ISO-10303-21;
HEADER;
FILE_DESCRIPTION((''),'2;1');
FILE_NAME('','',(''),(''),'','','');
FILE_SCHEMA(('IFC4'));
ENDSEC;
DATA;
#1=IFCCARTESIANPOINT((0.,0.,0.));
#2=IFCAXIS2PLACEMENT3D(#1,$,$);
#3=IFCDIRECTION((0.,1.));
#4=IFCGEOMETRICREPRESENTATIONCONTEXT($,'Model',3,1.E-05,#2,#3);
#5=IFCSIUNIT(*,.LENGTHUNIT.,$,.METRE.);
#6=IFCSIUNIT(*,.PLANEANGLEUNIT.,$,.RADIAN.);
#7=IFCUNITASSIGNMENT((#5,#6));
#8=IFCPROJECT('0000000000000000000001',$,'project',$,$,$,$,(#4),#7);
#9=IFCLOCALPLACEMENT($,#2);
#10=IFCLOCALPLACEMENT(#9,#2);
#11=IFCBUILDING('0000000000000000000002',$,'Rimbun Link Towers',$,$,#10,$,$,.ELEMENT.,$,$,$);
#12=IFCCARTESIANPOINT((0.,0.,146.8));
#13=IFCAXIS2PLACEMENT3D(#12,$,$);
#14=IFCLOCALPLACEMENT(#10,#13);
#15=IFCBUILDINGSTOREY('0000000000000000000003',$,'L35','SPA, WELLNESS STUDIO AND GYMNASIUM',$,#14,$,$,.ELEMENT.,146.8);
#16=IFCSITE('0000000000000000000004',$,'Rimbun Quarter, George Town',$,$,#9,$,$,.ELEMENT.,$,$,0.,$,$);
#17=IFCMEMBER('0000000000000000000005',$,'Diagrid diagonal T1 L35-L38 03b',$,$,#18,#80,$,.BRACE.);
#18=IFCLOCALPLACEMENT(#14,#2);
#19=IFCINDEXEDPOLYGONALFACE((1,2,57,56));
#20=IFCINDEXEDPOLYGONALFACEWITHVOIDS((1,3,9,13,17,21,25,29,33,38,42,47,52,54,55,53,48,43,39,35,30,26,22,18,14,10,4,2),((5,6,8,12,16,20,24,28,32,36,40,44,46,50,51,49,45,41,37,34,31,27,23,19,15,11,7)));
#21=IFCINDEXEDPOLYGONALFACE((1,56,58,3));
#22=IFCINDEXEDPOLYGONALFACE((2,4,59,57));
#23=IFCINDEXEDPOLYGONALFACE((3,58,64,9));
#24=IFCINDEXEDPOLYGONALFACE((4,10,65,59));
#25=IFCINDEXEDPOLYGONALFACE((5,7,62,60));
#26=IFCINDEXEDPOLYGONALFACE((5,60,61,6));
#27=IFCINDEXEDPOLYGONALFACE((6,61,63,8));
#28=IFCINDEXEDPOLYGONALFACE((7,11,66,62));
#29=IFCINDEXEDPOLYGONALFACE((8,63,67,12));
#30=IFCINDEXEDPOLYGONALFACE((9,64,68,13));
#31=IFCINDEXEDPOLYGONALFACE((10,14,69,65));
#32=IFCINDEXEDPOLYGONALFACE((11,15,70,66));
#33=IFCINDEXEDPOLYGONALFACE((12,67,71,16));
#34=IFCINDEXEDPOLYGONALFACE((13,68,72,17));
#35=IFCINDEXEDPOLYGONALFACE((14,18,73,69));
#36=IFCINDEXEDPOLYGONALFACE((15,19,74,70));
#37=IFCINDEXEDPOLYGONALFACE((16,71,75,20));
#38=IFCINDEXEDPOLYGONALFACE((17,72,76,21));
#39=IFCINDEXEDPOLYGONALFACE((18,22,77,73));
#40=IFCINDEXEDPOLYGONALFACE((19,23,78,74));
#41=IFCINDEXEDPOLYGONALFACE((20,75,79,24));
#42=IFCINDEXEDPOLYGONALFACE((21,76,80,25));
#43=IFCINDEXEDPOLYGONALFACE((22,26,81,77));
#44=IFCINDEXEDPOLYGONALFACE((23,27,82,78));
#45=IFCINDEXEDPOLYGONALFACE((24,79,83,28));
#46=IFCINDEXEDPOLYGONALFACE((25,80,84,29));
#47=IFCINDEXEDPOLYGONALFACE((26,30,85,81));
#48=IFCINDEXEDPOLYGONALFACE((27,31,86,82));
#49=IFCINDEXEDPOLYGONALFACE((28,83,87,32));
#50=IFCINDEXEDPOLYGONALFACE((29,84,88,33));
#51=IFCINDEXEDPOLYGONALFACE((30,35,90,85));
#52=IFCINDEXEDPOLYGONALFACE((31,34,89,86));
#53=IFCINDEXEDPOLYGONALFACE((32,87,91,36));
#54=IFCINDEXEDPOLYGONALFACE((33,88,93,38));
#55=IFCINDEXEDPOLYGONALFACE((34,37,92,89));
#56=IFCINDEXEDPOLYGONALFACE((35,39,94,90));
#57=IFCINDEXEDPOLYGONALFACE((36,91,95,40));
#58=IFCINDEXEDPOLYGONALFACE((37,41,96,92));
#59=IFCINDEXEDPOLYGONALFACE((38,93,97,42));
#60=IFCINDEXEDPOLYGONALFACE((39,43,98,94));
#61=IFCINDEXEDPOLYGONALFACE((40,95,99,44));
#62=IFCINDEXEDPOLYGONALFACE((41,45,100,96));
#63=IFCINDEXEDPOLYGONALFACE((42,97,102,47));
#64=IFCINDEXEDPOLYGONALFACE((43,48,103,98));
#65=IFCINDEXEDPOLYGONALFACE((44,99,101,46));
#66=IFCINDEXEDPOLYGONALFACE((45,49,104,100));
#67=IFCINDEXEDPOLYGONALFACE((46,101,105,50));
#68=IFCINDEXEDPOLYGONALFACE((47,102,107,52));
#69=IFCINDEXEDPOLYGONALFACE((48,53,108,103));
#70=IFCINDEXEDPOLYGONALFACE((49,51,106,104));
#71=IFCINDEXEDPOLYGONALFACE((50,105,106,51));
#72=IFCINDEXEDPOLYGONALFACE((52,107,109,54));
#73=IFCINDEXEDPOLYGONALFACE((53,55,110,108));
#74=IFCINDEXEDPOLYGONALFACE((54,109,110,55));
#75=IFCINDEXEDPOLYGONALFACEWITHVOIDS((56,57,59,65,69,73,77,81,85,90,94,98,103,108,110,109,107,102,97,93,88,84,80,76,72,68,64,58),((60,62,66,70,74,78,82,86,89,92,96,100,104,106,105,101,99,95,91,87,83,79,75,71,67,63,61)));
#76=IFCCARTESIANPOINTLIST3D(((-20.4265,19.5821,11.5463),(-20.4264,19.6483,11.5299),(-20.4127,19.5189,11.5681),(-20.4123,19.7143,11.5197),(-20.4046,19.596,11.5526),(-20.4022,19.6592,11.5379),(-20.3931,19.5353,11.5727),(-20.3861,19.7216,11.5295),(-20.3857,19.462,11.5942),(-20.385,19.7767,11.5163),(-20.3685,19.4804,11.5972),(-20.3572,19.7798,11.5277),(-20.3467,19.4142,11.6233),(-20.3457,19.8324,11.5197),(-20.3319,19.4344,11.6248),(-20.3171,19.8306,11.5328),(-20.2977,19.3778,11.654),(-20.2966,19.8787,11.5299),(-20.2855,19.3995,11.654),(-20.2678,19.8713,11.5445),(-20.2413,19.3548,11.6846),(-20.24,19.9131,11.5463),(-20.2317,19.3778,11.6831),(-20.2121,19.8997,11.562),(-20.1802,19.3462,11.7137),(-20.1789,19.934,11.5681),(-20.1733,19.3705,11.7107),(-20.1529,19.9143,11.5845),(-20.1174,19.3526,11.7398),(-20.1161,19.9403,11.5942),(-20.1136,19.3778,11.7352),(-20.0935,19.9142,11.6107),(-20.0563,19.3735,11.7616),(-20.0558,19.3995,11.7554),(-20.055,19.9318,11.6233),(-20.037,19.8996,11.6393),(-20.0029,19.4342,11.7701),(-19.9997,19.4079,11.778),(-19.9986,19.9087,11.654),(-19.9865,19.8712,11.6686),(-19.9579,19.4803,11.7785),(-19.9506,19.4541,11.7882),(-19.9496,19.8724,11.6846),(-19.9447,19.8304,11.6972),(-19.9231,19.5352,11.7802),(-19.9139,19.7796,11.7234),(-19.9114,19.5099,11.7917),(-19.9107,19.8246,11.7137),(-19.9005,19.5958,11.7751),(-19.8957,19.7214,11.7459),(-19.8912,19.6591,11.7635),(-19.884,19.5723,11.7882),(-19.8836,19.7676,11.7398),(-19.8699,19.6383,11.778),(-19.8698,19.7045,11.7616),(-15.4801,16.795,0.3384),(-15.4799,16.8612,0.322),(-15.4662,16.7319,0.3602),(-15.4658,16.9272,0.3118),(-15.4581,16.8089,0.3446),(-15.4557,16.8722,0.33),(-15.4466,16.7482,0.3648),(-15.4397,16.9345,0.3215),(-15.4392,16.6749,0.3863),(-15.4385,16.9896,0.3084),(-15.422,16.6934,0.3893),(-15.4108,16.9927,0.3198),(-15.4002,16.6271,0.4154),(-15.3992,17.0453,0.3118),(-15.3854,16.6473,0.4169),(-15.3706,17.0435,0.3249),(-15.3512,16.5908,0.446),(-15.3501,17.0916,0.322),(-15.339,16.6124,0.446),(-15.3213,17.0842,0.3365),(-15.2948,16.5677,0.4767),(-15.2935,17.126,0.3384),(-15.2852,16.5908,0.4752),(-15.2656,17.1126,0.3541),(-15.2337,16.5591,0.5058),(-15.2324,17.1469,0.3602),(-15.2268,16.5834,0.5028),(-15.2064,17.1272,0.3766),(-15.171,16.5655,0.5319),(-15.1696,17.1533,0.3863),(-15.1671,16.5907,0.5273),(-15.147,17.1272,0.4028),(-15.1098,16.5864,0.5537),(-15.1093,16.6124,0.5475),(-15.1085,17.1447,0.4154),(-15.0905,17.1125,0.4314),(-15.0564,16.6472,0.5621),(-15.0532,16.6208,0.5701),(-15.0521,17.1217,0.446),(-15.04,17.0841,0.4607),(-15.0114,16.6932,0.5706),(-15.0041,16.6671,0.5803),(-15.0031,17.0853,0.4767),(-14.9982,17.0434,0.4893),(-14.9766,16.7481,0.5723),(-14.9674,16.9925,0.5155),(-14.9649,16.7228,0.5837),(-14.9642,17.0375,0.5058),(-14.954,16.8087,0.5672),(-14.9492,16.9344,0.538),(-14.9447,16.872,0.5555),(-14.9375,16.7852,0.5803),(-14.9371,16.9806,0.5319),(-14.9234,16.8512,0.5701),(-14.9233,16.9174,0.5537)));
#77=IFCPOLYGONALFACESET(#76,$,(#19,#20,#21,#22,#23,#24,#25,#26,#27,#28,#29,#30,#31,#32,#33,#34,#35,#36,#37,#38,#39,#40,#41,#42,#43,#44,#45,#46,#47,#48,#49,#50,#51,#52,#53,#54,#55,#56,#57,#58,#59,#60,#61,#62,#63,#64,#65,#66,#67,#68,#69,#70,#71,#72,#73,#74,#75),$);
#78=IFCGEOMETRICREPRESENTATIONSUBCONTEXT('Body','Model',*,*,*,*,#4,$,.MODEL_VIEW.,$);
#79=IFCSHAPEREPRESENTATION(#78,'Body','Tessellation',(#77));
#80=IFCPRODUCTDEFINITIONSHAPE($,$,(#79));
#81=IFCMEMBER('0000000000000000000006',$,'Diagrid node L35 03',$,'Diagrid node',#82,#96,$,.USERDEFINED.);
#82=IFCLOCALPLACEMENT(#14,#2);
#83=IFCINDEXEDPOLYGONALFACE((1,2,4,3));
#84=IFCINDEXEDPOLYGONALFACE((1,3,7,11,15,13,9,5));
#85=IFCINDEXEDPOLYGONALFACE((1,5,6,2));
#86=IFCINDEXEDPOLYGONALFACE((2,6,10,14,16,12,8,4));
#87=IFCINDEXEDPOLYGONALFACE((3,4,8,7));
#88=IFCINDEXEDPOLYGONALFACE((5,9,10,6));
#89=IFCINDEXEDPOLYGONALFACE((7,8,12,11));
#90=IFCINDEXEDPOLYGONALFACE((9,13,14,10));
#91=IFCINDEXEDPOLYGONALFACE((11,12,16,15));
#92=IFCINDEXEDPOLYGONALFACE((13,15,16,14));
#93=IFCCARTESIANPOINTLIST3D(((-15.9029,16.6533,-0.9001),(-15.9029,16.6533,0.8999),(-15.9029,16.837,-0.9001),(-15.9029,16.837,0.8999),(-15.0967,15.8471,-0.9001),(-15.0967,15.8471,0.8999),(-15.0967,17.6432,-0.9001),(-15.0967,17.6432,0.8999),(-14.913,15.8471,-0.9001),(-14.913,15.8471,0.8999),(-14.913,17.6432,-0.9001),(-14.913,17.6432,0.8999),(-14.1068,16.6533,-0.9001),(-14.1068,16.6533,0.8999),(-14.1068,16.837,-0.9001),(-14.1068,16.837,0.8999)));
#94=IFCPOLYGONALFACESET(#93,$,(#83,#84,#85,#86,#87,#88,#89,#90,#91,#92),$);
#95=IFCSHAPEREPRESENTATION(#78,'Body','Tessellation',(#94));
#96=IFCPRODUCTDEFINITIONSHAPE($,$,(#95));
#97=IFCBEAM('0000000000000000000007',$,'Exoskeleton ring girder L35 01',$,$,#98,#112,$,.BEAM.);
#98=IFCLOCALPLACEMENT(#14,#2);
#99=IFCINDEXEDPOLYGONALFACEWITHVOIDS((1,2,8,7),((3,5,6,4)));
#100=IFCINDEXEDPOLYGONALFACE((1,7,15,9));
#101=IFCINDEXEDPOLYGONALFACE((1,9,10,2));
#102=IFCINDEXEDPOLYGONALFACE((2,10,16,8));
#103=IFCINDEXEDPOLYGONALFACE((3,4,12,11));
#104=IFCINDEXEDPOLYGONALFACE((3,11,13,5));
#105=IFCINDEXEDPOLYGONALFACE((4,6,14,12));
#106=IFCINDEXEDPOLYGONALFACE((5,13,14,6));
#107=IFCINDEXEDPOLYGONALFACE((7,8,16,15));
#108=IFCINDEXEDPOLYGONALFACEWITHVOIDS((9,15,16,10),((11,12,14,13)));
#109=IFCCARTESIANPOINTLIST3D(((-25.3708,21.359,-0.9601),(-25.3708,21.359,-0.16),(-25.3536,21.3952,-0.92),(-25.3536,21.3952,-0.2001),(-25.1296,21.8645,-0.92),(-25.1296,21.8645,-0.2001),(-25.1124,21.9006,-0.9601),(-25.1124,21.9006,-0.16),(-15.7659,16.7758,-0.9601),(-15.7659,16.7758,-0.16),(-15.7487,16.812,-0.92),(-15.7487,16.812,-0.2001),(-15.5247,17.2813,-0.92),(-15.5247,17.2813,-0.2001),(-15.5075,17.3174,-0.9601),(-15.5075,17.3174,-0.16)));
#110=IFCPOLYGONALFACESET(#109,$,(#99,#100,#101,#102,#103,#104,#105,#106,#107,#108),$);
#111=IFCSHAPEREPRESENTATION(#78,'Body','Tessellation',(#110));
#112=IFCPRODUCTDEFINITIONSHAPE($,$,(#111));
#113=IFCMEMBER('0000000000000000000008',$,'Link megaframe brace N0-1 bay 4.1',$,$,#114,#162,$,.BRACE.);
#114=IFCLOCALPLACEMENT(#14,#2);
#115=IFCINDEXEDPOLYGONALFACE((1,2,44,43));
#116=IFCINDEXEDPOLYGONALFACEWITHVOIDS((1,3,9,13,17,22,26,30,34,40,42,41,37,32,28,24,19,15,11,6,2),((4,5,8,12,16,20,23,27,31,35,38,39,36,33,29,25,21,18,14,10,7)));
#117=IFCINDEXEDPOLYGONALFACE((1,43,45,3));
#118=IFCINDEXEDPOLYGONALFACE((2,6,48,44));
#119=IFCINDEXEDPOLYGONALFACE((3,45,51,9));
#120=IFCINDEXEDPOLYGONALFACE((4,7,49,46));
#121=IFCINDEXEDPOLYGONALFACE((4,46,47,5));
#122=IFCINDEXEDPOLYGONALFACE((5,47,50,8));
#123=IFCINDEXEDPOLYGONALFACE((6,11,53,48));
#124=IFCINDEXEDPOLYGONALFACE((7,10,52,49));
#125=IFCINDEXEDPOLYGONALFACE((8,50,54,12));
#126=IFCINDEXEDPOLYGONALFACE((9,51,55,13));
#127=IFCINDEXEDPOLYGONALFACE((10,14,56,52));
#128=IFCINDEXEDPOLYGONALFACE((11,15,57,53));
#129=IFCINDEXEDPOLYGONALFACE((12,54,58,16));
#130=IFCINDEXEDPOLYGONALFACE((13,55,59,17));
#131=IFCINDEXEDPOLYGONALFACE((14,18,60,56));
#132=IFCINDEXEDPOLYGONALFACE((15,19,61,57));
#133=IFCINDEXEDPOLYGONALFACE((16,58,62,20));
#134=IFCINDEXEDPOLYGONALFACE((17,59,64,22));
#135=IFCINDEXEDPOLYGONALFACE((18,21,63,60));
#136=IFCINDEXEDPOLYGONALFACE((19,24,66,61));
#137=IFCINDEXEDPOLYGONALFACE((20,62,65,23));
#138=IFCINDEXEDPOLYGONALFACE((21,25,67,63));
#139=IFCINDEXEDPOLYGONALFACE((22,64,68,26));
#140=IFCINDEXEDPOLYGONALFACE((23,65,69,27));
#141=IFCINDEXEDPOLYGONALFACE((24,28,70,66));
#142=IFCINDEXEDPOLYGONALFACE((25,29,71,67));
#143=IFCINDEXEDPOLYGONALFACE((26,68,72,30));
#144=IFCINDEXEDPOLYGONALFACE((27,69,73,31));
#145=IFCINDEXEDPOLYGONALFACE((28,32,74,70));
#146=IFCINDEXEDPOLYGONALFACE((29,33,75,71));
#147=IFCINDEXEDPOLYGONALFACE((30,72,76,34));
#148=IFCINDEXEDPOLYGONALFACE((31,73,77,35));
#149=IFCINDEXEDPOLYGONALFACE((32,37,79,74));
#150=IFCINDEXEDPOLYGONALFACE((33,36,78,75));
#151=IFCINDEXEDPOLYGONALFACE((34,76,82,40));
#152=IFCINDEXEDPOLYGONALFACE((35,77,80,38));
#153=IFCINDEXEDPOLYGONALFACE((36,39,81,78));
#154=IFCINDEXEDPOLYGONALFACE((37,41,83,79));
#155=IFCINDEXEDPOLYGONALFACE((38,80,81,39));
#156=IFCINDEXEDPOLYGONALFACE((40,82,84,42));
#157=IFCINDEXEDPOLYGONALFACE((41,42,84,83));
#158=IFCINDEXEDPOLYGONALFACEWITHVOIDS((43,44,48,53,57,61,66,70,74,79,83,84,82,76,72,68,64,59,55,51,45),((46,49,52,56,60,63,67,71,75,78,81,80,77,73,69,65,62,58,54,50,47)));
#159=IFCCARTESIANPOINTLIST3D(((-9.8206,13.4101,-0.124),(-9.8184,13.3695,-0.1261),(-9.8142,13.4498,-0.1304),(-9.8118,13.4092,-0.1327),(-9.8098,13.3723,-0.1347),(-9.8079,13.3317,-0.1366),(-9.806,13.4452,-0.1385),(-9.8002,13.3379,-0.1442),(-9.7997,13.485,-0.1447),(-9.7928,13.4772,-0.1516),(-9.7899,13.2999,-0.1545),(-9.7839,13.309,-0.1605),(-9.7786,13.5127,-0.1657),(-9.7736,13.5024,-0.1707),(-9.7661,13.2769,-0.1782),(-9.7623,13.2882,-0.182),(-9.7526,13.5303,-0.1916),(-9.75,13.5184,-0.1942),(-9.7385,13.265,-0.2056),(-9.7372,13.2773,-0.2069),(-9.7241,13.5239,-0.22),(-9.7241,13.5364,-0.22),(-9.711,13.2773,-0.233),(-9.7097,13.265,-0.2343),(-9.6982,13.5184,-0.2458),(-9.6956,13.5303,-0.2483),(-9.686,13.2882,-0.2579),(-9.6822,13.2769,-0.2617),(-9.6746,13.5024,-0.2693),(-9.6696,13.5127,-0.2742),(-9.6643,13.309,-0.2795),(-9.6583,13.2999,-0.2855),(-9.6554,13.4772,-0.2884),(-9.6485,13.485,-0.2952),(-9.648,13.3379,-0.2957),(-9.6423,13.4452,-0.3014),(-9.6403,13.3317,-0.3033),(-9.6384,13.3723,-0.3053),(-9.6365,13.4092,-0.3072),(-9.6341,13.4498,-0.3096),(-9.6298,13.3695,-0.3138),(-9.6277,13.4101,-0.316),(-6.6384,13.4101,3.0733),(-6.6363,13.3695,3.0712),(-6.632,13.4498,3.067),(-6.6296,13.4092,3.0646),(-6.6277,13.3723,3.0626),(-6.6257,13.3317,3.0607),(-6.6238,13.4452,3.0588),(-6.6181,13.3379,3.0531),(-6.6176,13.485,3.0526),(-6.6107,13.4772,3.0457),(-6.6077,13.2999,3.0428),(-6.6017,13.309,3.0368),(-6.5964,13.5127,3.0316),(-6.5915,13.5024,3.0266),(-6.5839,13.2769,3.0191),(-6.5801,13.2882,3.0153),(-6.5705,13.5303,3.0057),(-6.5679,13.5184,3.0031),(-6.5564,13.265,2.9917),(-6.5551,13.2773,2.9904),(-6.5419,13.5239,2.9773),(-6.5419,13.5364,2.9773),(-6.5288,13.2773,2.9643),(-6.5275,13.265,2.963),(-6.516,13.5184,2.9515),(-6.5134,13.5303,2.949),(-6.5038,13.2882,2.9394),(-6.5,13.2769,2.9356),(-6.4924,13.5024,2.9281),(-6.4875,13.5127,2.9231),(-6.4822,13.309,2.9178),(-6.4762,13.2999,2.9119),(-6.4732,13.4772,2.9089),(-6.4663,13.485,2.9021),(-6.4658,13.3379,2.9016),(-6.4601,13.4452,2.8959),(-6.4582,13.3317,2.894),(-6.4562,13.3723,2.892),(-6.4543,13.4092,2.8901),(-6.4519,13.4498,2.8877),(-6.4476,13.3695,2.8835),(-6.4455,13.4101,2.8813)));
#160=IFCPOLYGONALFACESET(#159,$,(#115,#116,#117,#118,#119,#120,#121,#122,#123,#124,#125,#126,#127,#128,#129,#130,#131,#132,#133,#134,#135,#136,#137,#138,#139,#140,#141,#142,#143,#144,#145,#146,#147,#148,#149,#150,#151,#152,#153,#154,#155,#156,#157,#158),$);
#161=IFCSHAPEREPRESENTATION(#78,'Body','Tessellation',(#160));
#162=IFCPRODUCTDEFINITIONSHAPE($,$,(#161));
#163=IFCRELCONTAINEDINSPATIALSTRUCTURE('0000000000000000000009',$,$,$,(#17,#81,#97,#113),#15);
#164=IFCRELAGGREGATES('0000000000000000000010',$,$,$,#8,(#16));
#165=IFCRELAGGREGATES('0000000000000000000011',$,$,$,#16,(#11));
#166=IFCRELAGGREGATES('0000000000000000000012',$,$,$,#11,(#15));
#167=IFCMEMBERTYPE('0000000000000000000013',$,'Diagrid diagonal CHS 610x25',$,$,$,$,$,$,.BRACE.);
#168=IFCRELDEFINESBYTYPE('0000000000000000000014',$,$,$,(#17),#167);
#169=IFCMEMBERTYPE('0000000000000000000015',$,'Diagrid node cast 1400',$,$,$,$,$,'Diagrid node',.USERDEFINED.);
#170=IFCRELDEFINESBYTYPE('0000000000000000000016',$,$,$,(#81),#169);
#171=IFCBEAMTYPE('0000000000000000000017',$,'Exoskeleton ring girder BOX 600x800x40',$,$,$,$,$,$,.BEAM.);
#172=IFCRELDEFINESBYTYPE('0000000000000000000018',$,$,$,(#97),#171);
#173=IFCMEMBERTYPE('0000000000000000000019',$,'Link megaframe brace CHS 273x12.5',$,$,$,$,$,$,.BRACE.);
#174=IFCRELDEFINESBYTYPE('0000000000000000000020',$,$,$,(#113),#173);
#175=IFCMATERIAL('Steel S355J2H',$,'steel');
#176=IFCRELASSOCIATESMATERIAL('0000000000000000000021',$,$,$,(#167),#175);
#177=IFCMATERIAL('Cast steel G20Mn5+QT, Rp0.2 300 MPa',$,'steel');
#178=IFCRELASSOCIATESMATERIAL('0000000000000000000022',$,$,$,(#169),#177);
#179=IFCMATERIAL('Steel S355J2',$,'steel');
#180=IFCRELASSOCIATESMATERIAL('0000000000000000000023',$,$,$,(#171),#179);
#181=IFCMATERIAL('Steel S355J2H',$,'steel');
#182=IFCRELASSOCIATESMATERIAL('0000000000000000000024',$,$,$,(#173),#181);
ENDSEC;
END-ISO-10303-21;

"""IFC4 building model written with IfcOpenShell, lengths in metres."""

from ifc_helpers import new_model, si_unit, direction, frame, origin, origin_2d, place, context, subcontext, project, spatial, polyline, hollow_rectangle, hollow_circle, outline, extrude, material, material_profile, profile_set, type_object, element, save


model = new_model("IFC4")

# Units and contexts
model_context = context("Model", 3, precision=1e-05, world=origin(), true_north=direction((0.0, 1.0)))
body_context = subcontext(model_context, "Body", "Model", "MODEL_VIEW")
ifc_project = project(units=[si_unit("LENGTHUNIT", "METRE"), si_unit("PLANEANGLEUNIT", "RADIAN")], contexts=[model_context])

# Site, building, storey
site_placement = place(None, origin())
site = spatial("IfcSite", under=ifc_project, at=site_placement, Name="Rimbun Quarter, George Town", CompositionType="ELEMENT", RefElevation=0.0)
building_placement = place(site_placement, origin())
building = spatial("IfcBuilding", under=site, at=building_placement, Name="Rimbun Link Towers", CompositionType="ELEMENT")
storey_placement = place(building_placement, frame((0.0, 0.0, 146.8)))
storey = spatial("IfcBuildingStorey", under=building, at=storey_placement, Name="L35", Description="SPA, WELLNESS STUDIO AND GYMNASIUM", CompositionType="ELEMENT", Elevation=146.8)

# Members
ifc_material_1 = material(Name="Steel S355J2H", Category="steel")
ifc_material_profile_1 = material_profile(ifc_material_1, hollow_circle(Radius=0.3047, WallThickness=0.0249, at=origin_2d()), Name="Diagrid diagonal CHS 610x25")
ifc_profile_set_1 = profile_set([ifc_material_profile_1], Name="Steel S355J2H")
member_type_1 = type_object("IfcMemberType", Name="Diagrid diagonal CHS 610x25", PredefinedType="BRACE", material=ifc_profile_set_1)
member_1_placement = place(storey_placement, frame((-15.2017, 16.8562, 0.446), z_axis=(-0.393705, 0.221832, 0.892069), x_axis=(-0.490888, -0.871223, 0.0)))
element("IfcMember", 1, at=member_1_placement, inside=storey, type_object=member_type_1, Name="Diagrid diagonal T1 L35-L38 03b", PredefinedType="BRACE", context=body_context, shape_type="SweptSolid", body=[
    extrude(hollow_circle(Radius=0.3047, WallThickness=0.0249, at=origin_2d()), origin(), (0.0, 0.0, 1.0), 12.564),
])
ifc_material_2 = material(Name="Cast steel G20Mn5+QT, Rp0.2 300 MPa", Category="steel")
ifc_material_profile_2 = material_profile(ifc_material_2, outline(polyline([(0.7, -0.5701), (0.7, 0.5701), (0.5701, 0.7), (-0.5701, 0.7), (-0.7, 0.5701), (-0.7, -0.5701), (-0.5701, -0.7), (0.5701, -0.7), (0.7, -0.5701)])), Name="NODE 1400x1400")
ifc_profile_set_2 = profile_set([ifc_material_profile_2], Name="Cast steel G20Mn5+QT, Rp0.2 300 MPa")
member_type_2 = type_object("IfcMemberType", Name="Diagrid node cast 1400", ElementType="Diagrid node", PredefinedType="USERDEFINED", material=ifc_profile_set_2)
member_2_placement = place(storey_placement, frame((-15.0049, 16.7451, -0.9001), z_axis=(0.0, 0.0, 1.0), x_axis=(0.707107, 0.707107, 0.0)))
element("IfcMember", 2, at=member_2_placement, inside=storey, type_object=member_type_2, Name="Diagrid node L35 03", ObjectType="Diagrid node", PredefinedType="USERDEFINED", context=body_context, shape_type="SweptSolid", body=[
    extrude(outline(polyline([(0.7, -0.5701), (0.7, 0.5701), (0.5701, 0.7), (-0.5701, 0.7), (-0.7, 0.5701), (-0.7, -0.5701), (-0.5701, -0.7), (0.5701, -0.7), (0.7, -0.5701)])), origin(), (0.0, 0.0, 1.0), 1.8),
])

# Beam
ifc_material_3 = material(Name="Steel S355J2", Category="steel")
ifc_material_profile_3 = material_profile(ifc_material_3, hollow_rectangle(XDim=0.6001, YDim=0.8, WallThickness=0.04, at=origin_2d()), Name="Exoskeleton ring girder BOX 600x800x40")
ifc_profile_set_3 = profile_set([ifc_material_profile_3], Name="Steel S355J2")
beam_type_1 = type_object("IfcBeamType", Name="Exoskeleton ring girder BOX 600x800x40", PredefinedType="BEAM", material=ifc_profile_set_3)
beam_1_placement = place(storey_placement, frame((-15.6367, 17.0466, -0.5601), z_axis=(-0.902515, 0.430657, 0.0), x_axis=(-0.430657, -0.902515, 0.0)))
element("IfcBeam", 3, at=beam_1_placement, inside=storey, type_object=beam_type_1, Name="Exoskeleton ring girder L35 01", PredefinedType="BEAM", context=body_context, shape_type="SweptSolid", body=[
    extrude(hollow_rectangle(XDim=0.6001, YDim=0.8, WallThickness=0.04, at=origin_2d()), origin(), (0.0, 0.0, 1.0), 10.6423),
])

# Member
ifc_material_4 = material(Name="Steel S355J2H", Category="steel")
ifc_material_profile_4 = material_profile(ifc_material_4, hollow_circle(Radius=0.1365, WallThickness=0.0125, at=origin_2d()), Name="CHS 273x12.5")
ifc_profile_set_4 = profile_set([ifc_material_profile_4], Name="Steel S355J2H")
member_type_3 = type_object("IfcMemberType", Name="Link megaframe brace CHS 273x12.5", PredefinedType="BRACE", material=ifc_profile_set_4)
member_3_placement = place(storey_placement, frame((-9.7241, 13.3999, -0.22), z_axis=(0.705427, 0.0, 0.708783), x_axis=(0.0, 1.0, 0.0)))
element("IfcMember", 4, at=member_3_placement, inside=storey, type_object=member_type_3, Name="Link megaframe brace N0-1 bay 4.1", PredefinedType="BRACE", context=body_context, shape_type="SweptSolid", body=[
    extrude(hollow_circle(Radius=0.1365, WallThickness=0.0125, at=origin_2d()), origin(), (0.0, 0.0, 1.0), 4.511),
])

save(model, "model.ifc")
